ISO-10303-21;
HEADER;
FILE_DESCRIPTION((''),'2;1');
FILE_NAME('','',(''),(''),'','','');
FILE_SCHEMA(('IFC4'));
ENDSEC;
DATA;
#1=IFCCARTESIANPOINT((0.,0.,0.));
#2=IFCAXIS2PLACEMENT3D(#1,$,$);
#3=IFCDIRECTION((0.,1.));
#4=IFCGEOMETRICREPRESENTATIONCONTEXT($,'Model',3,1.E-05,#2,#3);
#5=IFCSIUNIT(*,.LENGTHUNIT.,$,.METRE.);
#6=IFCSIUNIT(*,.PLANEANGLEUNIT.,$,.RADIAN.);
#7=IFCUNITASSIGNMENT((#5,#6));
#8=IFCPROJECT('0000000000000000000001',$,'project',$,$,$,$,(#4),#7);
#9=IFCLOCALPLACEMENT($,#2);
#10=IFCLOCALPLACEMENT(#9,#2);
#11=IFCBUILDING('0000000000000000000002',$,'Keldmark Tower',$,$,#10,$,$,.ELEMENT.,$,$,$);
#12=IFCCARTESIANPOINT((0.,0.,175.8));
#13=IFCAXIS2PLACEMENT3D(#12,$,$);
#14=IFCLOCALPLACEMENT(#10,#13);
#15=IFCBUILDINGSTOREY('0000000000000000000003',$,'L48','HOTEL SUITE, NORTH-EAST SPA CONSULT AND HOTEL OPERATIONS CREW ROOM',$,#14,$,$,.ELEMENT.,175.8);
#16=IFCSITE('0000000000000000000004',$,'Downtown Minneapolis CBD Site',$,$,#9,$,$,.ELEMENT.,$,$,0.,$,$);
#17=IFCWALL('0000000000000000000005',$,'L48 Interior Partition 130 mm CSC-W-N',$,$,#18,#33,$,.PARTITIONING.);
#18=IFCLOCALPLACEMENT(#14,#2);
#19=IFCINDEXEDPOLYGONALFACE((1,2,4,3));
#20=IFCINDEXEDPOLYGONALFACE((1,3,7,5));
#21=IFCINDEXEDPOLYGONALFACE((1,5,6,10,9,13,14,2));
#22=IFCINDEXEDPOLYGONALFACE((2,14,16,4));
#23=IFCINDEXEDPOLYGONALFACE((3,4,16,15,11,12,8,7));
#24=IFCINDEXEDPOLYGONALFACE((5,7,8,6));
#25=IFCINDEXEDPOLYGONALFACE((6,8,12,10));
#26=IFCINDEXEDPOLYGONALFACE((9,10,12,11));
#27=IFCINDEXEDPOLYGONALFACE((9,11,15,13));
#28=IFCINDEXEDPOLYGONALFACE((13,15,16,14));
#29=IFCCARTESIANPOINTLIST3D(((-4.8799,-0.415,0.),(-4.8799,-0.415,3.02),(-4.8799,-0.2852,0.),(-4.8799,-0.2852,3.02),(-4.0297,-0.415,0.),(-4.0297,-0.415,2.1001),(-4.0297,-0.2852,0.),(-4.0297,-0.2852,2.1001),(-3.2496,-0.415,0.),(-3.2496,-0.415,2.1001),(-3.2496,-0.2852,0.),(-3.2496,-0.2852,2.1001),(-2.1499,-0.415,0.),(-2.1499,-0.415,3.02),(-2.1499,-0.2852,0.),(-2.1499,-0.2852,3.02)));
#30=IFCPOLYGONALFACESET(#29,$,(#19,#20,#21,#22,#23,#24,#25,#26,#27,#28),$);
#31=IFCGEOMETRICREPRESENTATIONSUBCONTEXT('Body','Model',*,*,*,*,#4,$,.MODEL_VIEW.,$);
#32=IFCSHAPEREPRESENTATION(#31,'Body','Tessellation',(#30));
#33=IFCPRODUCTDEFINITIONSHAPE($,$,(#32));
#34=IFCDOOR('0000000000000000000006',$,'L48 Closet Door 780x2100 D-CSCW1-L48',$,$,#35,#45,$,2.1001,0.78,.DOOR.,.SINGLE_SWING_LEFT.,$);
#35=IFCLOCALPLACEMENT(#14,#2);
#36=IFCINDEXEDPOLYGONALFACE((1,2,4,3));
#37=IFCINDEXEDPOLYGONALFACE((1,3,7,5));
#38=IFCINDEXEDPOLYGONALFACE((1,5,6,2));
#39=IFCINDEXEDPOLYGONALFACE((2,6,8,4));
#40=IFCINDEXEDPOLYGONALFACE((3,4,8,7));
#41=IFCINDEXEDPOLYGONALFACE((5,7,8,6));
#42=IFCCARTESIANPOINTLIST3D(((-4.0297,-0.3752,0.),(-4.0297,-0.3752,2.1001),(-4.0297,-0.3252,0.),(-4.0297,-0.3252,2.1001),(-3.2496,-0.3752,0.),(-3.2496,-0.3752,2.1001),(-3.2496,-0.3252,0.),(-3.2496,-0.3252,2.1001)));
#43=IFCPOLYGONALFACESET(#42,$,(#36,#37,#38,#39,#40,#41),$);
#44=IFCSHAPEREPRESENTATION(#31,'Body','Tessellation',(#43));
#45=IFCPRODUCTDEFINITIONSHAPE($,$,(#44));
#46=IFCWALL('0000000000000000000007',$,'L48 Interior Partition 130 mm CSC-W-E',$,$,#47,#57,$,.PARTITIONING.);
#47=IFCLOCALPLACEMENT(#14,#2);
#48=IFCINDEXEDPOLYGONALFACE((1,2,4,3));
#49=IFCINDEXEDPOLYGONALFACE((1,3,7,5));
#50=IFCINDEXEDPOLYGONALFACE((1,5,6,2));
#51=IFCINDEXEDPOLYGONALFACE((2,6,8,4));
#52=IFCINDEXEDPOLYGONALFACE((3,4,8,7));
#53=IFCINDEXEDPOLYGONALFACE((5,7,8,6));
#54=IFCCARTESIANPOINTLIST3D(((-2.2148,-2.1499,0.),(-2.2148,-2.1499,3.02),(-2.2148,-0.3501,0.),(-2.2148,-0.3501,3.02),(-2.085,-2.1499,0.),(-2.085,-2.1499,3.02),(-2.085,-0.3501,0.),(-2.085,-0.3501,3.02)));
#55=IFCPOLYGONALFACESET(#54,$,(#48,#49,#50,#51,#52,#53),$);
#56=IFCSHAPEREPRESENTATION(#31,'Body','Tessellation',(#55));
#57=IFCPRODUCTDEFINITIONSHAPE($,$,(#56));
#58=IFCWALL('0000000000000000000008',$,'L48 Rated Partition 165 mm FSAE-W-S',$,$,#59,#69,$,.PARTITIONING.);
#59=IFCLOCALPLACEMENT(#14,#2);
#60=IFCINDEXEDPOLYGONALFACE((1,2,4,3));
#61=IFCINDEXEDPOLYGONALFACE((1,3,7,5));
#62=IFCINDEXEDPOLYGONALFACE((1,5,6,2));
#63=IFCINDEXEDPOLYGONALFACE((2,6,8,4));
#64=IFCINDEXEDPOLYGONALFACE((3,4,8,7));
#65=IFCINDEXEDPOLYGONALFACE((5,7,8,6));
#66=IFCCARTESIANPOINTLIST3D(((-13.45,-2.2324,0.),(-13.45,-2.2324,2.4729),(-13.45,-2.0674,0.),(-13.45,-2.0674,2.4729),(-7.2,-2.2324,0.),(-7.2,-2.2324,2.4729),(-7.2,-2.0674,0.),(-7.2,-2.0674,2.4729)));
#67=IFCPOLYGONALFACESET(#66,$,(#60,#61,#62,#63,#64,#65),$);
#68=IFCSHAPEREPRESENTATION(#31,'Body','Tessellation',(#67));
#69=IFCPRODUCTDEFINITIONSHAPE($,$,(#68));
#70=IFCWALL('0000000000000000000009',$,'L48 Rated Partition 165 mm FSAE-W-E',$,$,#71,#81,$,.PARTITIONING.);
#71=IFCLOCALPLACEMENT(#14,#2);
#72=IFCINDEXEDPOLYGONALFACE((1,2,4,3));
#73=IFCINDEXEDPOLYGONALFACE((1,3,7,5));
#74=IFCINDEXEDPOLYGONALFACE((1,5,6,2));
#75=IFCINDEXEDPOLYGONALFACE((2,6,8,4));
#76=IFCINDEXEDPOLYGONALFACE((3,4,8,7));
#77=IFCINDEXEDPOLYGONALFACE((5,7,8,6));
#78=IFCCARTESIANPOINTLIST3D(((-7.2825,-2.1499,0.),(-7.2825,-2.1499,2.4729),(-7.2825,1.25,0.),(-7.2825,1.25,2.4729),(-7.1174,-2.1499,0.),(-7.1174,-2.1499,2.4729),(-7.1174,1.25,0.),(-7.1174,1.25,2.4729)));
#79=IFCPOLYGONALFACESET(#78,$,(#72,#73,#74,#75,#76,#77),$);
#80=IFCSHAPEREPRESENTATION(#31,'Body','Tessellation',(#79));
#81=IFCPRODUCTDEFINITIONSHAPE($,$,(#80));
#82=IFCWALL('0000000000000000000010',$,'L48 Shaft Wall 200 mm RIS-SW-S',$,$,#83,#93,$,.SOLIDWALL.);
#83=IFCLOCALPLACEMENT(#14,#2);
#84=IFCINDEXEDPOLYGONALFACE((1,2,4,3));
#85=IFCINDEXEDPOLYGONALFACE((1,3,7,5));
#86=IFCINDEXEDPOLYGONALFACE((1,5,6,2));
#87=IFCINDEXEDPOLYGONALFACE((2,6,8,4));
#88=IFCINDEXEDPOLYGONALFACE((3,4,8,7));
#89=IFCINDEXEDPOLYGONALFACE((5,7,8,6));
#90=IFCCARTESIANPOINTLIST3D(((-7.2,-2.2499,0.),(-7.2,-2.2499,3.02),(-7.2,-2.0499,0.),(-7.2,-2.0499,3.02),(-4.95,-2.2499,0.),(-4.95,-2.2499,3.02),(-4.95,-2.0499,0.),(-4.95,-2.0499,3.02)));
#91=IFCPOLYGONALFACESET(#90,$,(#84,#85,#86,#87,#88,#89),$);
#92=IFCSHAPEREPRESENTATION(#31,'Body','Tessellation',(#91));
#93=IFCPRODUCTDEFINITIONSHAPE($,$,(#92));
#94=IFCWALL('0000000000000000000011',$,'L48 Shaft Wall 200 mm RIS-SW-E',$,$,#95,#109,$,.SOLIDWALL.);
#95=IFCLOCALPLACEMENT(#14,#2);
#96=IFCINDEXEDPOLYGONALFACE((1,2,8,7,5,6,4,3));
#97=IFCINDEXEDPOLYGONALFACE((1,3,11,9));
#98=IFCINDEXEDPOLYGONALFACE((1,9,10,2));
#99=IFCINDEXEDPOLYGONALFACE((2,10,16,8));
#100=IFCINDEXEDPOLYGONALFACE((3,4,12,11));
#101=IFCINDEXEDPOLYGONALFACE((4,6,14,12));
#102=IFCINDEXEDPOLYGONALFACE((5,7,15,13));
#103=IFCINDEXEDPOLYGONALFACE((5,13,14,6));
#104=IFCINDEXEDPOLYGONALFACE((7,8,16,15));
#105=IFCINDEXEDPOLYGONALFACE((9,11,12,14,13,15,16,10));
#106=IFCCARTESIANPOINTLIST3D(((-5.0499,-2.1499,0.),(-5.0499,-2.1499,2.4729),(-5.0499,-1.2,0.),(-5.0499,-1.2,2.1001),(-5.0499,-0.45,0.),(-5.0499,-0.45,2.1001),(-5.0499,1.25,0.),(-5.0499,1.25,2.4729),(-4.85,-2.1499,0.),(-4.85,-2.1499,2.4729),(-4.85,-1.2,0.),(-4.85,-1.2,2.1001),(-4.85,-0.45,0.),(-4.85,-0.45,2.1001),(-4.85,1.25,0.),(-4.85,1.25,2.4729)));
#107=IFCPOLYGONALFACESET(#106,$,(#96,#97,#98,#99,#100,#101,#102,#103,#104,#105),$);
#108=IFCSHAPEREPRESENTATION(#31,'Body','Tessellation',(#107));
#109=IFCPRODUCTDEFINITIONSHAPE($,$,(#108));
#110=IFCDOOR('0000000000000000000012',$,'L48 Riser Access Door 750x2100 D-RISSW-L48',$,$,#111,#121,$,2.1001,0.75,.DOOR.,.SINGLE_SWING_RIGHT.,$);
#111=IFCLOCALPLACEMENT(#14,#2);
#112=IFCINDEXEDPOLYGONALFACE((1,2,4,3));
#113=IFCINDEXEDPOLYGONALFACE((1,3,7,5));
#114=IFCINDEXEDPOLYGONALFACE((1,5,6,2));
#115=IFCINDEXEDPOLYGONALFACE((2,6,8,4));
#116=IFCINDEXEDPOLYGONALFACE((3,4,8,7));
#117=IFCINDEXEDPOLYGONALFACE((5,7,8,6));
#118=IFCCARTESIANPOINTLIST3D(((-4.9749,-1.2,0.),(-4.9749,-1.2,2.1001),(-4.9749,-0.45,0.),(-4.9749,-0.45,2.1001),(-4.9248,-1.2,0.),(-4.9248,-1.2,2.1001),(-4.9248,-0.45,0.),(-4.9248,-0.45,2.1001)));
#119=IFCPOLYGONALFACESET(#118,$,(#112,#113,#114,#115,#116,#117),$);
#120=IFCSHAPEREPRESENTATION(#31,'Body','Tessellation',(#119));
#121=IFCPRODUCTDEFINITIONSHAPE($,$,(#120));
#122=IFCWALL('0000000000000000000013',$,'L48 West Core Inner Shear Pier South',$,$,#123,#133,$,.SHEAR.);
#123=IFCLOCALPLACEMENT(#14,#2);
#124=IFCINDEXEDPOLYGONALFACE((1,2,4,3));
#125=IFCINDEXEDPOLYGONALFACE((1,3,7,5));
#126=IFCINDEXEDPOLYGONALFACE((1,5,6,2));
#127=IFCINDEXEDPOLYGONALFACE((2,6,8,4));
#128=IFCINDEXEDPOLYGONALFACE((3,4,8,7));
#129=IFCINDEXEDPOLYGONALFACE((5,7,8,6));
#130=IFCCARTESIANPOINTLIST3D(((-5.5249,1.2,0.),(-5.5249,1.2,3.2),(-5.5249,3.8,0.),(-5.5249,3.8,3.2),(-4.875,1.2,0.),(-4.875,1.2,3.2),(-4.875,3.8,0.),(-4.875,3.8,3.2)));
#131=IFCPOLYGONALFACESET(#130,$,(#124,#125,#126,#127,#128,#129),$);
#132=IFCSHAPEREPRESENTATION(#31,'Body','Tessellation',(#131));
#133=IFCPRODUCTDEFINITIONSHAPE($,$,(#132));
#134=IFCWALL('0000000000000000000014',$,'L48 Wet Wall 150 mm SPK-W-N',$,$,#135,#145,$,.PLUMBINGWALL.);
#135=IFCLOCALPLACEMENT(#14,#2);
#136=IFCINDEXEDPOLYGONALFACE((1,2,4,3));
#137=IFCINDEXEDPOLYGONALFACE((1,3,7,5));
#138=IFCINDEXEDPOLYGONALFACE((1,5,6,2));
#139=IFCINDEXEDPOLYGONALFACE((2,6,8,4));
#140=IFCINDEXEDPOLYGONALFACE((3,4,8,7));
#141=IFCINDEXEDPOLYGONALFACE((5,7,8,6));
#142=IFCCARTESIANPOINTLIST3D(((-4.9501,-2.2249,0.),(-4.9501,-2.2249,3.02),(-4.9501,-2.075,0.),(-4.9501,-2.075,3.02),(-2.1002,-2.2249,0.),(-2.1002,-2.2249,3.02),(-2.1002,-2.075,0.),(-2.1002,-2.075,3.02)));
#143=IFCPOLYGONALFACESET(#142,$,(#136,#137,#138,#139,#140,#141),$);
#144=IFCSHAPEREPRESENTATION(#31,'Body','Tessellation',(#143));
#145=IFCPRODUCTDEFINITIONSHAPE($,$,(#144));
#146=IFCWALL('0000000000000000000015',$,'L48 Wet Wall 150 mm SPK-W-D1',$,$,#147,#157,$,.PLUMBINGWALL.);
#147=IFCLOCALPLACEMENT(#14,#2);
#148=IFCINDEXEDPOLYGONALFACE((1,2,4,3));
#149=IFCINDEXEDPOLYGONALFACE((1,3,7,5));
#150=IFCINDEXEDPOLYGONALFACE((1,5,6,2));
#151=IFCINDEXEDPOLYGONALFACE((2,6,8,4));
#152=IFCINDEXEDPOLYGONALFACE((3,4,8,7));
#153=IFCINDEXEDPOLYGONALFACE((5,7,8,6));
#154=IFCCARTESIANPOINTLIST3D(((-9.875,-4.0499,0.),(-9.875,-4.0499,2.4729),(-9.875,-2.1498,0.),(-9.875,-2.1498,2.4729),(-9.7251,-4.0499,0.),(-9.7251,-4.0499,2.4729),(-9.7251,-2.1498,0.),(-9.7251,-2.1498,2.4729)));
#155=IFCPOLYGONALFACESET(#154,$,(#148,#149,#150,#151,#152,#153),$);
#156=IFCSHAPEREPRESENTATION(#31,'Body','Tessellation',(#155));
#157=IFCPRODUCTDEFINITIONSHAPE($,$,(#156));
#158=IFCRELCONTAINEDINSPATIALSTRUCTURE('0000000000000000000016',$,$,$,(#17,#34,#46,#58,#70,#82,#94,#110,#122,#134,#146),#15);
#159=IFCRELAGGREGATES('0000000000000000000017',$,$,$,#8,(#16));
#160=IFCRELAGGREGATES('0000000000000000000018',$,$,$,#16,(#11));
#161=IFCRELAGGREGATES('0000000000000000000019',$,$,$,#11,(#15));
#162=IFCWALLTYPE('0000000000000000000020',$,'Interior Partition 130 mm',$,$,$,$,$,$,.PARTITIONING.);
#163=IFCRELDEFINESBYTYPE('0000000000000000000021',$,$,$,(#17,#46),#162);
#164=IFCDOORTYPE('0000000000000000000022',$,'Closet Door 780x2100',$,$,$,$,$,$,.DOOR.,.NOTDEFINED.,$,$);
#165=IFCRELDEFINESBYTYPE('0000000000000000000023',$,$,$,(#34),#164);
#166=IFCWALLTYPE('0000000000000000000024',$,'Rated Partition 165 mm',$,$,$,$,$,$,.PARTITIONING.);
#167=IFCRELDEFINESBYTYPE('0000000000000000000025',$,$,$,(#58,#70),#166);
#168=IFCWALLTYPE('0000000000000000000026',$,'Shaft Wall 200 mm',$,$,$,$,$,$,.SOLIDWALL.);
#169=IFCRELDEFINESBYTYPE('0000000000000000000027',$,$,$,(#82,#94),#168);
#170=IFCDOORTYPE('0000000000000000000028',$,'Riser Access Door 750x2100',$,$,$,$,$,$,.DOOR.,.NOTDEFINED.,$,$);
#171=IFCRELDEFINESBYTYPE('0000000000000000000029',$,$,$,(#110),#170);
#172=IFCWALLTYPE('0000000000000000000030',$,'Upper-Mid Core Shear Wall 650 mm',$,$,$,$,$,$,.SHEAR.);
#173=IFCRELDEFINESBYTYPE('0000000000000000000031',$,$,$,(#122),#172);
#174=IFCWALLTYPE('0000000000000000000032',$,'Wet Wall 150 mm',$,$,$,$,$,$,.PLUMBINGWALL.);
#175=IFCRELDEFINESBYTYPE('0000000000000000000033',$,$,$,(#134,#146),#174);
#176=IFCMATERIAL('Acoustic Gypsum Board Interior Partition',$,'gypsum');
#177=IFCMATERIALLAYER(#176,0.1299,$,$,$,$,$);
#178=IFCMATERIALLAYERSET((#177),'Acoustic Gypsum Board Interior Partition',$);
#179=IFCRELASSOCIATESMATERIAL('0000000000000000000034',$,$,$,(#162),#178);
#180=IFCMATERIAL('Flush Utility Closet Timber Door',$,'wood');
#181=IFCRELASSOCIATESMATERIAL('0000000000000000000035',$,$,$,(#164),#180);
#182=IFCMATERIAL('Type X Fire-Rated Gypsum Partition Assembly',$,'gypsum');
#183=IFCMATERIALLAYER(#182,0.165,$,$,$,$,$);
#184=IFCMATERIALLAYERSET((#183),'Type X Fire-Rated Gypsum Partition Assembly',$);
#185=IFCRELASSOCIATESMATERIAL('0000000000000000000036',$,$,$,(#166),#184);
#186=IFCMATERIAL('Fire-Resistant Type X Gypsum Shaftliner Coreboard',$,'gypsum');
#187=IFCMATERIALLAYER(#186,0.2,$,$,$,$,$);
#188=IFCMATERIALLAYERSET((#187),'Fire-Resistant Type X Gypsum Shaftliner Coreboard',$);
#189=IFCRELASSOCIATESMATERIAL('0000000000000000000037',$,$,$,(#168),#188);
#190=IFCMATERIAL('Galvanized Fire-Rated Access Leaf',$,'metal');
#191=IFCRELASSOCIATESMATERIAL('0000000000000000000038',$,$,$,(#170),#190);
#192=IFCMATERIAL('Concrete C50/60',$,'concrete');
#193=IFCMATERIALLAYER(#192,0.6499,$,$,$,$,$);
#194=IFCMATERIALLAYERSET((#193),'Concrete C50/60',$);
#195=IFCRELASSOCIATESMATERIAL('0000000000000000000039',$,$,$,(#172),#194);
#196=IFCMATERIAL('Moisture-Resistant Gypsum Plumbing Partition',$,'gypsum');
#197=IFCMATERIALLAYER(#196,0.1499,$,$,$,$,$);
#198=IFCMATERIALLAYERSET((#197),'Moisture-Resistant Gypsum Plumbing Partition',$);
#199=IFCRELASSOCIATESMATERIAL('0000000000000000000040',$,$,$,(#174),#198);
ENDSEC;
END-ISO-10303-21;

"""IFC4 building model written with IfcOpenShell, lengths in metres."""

from ifc_helpers import new_model, si_unit, direction, frame, frame_2d, origin, place, context, subcontext, project, spatial, rectangle, extrude, material, layer, layer_set, type_object, element, fill, save


model = new_model("IFC4")

# Units and contexts
model_context = context("Model", 3, precision=1e-05, world=origin(), true_north=direction((0.0, 1.0)))
body_context = subcontext(model_context, "Body", "Model", "MODEL_VIEW")
ifc_project = project(units=[si_unit("LENGTHUNIT", "METRE"), si_unit("PLANEANGLEUNIT", "RADIAN")], contexts=[model_context])

# Site, building, storey
site_placement = place(None, origin())
site = spatial("IfcSite", under=ifc_project, at=site_placement, Name="Downtown Minneapolis CBD Site", CompositionType="ELEMENT", RefElevation=0.0)
building_placement = place(site_placement, origin())
building = spatial("IfcBuilding", under=site, at=building_placement, Name="Keldmark Tower", CompositionType="ELEMENT")
storey_placement = place(building_placement, frame((0.0, 0.0, 175.8)))
storey = spatial("IfcBuildingStorey", under=building, at=storey_placement, Name="L48", Description="HOTEL SUITE, NORTH-EAST SPA CONSULT AND HOTEL OPERATIONS CREW ROOM", CompositionType="ELEMENT", Elevation=175.8)

# Wall, opening, door
ifc_material_1 = material(Name="Acoustic Gypsum Board Interior Partition", Category="gypsum")
ifc_layer_1 = layer(ifc_material_1, 0.1299)
ifc_layer_set_1 = layer_set([ifc_layer_1], Name="Acoustic Gypsum Board Interior Partition")
wall_type_1 = type_object("IfcWallType", Name="Interior Partition 130 mm", PredefinedType="PARTITIONING", material=ifc_layer_set_1)
wall_1_placement = place(storey_placement, frame((-4.8799, -0.3501, 0.0), z_axis=(0.0, 0.0, 1.0), x_axis=(1.0, 0.0, 0.0)))
wall_1 = element("IfcWall", 1, at=wall_1_placement, inside=storey, type_object=wall_type_1, Name="L48 Interior Partition 130 mm CSC-W-N", PredefinedType="PARTITIONING", context=body_context, shape_type="SweptSolid", body=[
    extrude(rectangle(XDim=2.73, YDim=0.1299, at=frame_2d((1.365, 0.0))), origin(), (0.0, 0.0, 1.0), 3.02),
])
opening_1_placement = place(wall_1_placement, frame((0.8501, 0.0, 0.0)))
opening_1 = element("IfcOpeningElement", 2, at=opening_1_placement, cuts=wall_1, PredefinedType="OPENING", context=body_context, shape_type="SweptSolid", body=[
    extrude(rectangle(XDim=0.78, YDim=2.1001, at=frame_2d((0.3901, 1.05))), frame((0.0, 0.075, 0.0), z_axis=(0.0, -1.0, 0.0), x_axis=(1.0, 0.0, 0.0)), (0.0, 0.0, 1.0), 0.1499),
])
ifc_material_2 = material(Name="Flush Utility Closet Timber Door", Category="wood")
door_type_1 = type_object("IfcDoorType", Name="Closet Door 780x2100", OperationType="NOTDEFINED", PredefinedType="DOOR", material=ifc_material_2)
door_1_placement = place(opening_1_placement, origin())
door_1 = element("IfcDoor", 3, at=door_1_placement, inside=storey, type_object=door_type_1, Name="L48 Closet Door 780x2100 D-CSCW1-L48", OperationType="SINGLE_SWING_LEFT", OverallHeight=2.1001, OverallWidth=0.78, PredefinedType="DOOR", context=body_context, shape_type="SweptSolid", body=[
    extrude(rectangle(XDim=0.78, YDim=2.1001, at=frame_2d((0.3901, 1.05))), frame((0.0, 0.0249, 0.0), z_axis=(0.0, -1.0, 0.0), x_axis=(1.0, 0.0, 0.0)), (0.0, 0.0, 1.0), 0.05),
])
fill(opening_1, door_1)

# Walls
wall_2_placement = place(storey_placement, frame((-2.1499, -2.1499, 0.0), z_axis=(0.0, 0.0, 1.0), x_axis=(0.0, 1.0, 0.0)))
element("IfcWall", 4, at=wall_2_placement, inside=storey, type_object=wall_type_1, Name="L48 Interior Partition 130 mm CSC-W-E", PredefinedType="PARTITIONING", context=body_context, shape_type="SweptSolid", body=[
    extrude(rectangle(XDim=1.7998, YDim=0.1299, at=frame_2d((0.8999, 0.0))), origin(), (0.0, 0.0, 1.0), 3.02),
])
ifc_material_3 = material(Name="Type X Fire-Rated Gypsum Partition Assembly", Category="gypsum")
ifc_layer_2 = layer(ifc_material_3, 0.165)
ifc_layer_set_2 = layer_set([ifc_layer_2], Name="Type X Fire-Rated Gypsum Partition Assembly")
wall_type_2 = type_object("IfcWallType", Name="Rated Partition 165 mm", PredefinedType="PARTITIONING", material=ifc_layer_set_2)
wall_3_placement = place(storey_placement, frame((-13.45, -2.1499, 0.0), z_axis=(0.0, 0.0, 1.0), x_axis=(1.0, 0.0, 0.0)))
element("IfcWall", 5, at=wall_3_placement, inside=storey, type_object=wall_type_2, Name="L48 Rated Partition 165 mm FSAE-W-S", PredefinedType="PARTITIONING", context=body_context, shape_type="SweptSolid", body=[
    extrude(rectangle(XDim=6.25, YDim=0.165, at=frame_2d((3.125, 0.0))), origin(), (0.0, 0.0, 1.0), 2.4729),
])

# Walls
wall_4_placement = place(storey_placement, frame((-7.2, -2.1499, 0.0), z_axis=(0.0, 0.0, 1.0), x_axis=(0.0, 1.0, 0.0)))
element("IfcWall", 6, at=wall_4_placement, inside=storey, type_object=wall_type_2, Name="L48 Rated Partition 165 mm FSAE-W-E", PredefinedType="PARTITIONING", context=body_context, shape_type="SweptSolid", body=[
    extrude(rectangle(XDim=3.3999, YDim=0.165, at=frame_2d((1.7, 0.0))), origin(), (0.0, 0.0, 1.0), 2.4729),
])
ifc_material_4 = material(Name="Fire-Resistant Type X Gypsum Shaftliner Coreboard", Category="gypsum")
ifc_layer_3 = layer(ifc_material_4, 0.2)
ifc_layer_set_3 = layer_set([ifc_layer_3], Name="Fire-Resistant Type X Gypsum Shaftliner Coreboard")
wall_type_3 = type_object("IfcWallType", Name="Shaft Wall 200 mm", PredefinedType="SOLIDWALL", material=ifc_layer_set_3)
wall_5_placement = place(storey_placement, frame((-7.2, -2.1499, 0.0), z_axis=(0.0, 0.0, 1.0), x_axis=(1.0, 0.0, 0.0)))
element("IfcWall", 7, at=wall_5_placement, inside=storey, type_object=wall_type_3, Name="L48 Shaft Wall 200 mm RIS-SW-S", PredefinedType="SOLIDWALL", context=body_context, shape_type="SweptSolid", body=[
    extrude(rectangle(XDim=2.25, YDim=0.2, at=frame_2d((1.125, 0.0))), origin(), (0.0, 0.0, 1.0), 3.02),
])

# Wall, opening, door
wall_6_placement = place(storey_placement, frame((-4.95, -2.1499, 0.0), z_axis=(0.0, 0.0, 1.0), x_axis=(0.0, 1.0, 0.0)))
wall_6 = element("IfcWall", 8, at=wall_6_placement, inside=storey, type_object=wall_type_3, Name="L48 Shaft Wall 200 mm RIS-SW-E", PredefinedType="SOLIDWALL", context=body_context, shape_type="SweptSolid", body=[
    extrude(rectangle(XDim=3.3999, YDim=0.2, at=frame_2d((1.7, 0.0))), origin(), (0.0, 0.0, 1.0), 2.4729),
])
opening_2_placement = place(wall_6_placement, frame((0.95, 0.0, 0.0)))
opening_2 = element("IfcOpeningElement", 9, at=opening_2_placement, cuts=wall_6, PredefinedType="OPENING", context=body_context, shape_type="SweptSolid", body=[
    extrude(rectangle(XDim=0.75, YDim=2.1001, at=frame_2d((0.375, 1.05))), frame((0.0, 0.1099, 0.0), z_axis=(0.0, -1.0, 0.0), x_axis=(1.0, 0.0, 0.0)), (0.0, 0.0, 1.0), 0.22),
])
ifc_material_5 = material(Name="Galvanized Fire-Rated Access Leaf", Category="metal")
door_type_2 = type_object("IfcDoorType", Name="Riser Access Door 750x2100", OperationType="NOTDEFINED", PredefinedType="DOOR", material=ifc_material_5)
door_2_placement = place(opening_2_placement, origin())
door_2 = element("IfcDoor", 10, at=door_2_placement, inside=storey, type_object=door_type_2, Name="L48 Riser Access Door 750x2100 D-RISSW-L48", OperationType="SINGLE_SWING_RIGHT", OverallHeight=2.1001, OverallWidth=0.75, PredefinedType="DOOR", context=body_context, shape_type="SweptSolid", body=[
    extrude(rectangle(XDim=0.75, YDim=2.1001, at=frame_2d((0.375, 1.05))), frame((0.0, 0.0249, 0.0), z_axis=(0.0, -1.0, 0.0), x_axis=(1.0, 0.0, 0.0)), (0.0, 0.0, 1.0), 0.05),
])
fill(opening_2, door_2)

# Walls
ifc_material_6 = material(Name="Concrete C50/60", Category="concrete")
ifc_layer_4 = layer(ifc_material_6, 0.6499)
ifc_layer_set_4 = layer_set([ifc_layer_4], Name="Concrete C50/60")
wall_type_4 = type_object("IfcWallType", Name="Upper-Mid Core Shear Wall 650 mm", PredefinedType="SHEAR", material=ifc_layer_set_4)
wall_7_placement = place(storey_placement, frame((-5.2, 1.2, 0.0), z_axis=(0.0, 0.0, 1.0), x_axis=(0.0, 1.0, 0.0)))
element("IfcWall", 11, at=wall_7_placement, inside=storey, type_object=wall_type_4, Name="L48 West Core Inner Shear Pier South", PredefinedType="SHEAR", context=body_context, shape_type="SweptSolid", body=[
    extrude(rectangle(XDim=2.6001, YDim=0.6499, at=frame_2d((1.3, 0.0))), origin(), (0.0, 0.0, 1.0), 3.2),
])
ifc_material_7 = material(Name="Moisture-Resistant Gypsum Plumbing Partition", Category="gypsum")
ifc_layer_5 = layer(ifc_material_7, 0.1499)
ifc_layer_set_5 = layer_set([ifc_layer_5], Name="Moisture-Resistant Gypsum Plumbing Partition")
wall_type_5 = type_object("IfcWallType", Name="Wet Wall 150 mm", PredefinedType="PLUMBINGWALL", material=ifc_layer_set_5)
wall_8_placement = place(storey_placement, frame((-4.95, -2.1499, 0.0), z_axis=(0.0, 0.0, 1.0), x_axis=(1.0, 0.0, 0.0)))
element("IfcWall", 12, at=wall_8_placement, inside=storey, type_object=wall_type_5, Name="L48 Wet Wall 150 mm SPK-W-N", PredefinedType="PLUMBINGWALL", context=body_context, shape_type="SweptSolid", body=[
    extrude(rectangle(XDim=2.8499, YDim=0.1499, at=frame_2d((1.4248, 0.0))), origin(), (0.0, 0.0, 1.0), 3.02),
])
wall_9_placement = place(storey_placement, frame((-9.8, -4.05, 0.0), z_axis=(0.0, 0.0, 1.0), x_axis=(0.0, 1.0, 0.0)))
element("IfcWall", 13, at=wall_9_placement, inside=storey, type_object=wall_type_5, Name="L48 Wet Wall 150 mm SPK-W-D1", PredefinedType="PLUMBINGWALL", context=body_context, shape_type="SweptSolid", body=[
    extrude(rectangle(XDim=1.9001, YDim=0.1499, at=frame_2d((0.9502, 0.0))), origin(), (0.0, 0.0, 1.0), 2.4729),
])

save(model, "model.ifc")
